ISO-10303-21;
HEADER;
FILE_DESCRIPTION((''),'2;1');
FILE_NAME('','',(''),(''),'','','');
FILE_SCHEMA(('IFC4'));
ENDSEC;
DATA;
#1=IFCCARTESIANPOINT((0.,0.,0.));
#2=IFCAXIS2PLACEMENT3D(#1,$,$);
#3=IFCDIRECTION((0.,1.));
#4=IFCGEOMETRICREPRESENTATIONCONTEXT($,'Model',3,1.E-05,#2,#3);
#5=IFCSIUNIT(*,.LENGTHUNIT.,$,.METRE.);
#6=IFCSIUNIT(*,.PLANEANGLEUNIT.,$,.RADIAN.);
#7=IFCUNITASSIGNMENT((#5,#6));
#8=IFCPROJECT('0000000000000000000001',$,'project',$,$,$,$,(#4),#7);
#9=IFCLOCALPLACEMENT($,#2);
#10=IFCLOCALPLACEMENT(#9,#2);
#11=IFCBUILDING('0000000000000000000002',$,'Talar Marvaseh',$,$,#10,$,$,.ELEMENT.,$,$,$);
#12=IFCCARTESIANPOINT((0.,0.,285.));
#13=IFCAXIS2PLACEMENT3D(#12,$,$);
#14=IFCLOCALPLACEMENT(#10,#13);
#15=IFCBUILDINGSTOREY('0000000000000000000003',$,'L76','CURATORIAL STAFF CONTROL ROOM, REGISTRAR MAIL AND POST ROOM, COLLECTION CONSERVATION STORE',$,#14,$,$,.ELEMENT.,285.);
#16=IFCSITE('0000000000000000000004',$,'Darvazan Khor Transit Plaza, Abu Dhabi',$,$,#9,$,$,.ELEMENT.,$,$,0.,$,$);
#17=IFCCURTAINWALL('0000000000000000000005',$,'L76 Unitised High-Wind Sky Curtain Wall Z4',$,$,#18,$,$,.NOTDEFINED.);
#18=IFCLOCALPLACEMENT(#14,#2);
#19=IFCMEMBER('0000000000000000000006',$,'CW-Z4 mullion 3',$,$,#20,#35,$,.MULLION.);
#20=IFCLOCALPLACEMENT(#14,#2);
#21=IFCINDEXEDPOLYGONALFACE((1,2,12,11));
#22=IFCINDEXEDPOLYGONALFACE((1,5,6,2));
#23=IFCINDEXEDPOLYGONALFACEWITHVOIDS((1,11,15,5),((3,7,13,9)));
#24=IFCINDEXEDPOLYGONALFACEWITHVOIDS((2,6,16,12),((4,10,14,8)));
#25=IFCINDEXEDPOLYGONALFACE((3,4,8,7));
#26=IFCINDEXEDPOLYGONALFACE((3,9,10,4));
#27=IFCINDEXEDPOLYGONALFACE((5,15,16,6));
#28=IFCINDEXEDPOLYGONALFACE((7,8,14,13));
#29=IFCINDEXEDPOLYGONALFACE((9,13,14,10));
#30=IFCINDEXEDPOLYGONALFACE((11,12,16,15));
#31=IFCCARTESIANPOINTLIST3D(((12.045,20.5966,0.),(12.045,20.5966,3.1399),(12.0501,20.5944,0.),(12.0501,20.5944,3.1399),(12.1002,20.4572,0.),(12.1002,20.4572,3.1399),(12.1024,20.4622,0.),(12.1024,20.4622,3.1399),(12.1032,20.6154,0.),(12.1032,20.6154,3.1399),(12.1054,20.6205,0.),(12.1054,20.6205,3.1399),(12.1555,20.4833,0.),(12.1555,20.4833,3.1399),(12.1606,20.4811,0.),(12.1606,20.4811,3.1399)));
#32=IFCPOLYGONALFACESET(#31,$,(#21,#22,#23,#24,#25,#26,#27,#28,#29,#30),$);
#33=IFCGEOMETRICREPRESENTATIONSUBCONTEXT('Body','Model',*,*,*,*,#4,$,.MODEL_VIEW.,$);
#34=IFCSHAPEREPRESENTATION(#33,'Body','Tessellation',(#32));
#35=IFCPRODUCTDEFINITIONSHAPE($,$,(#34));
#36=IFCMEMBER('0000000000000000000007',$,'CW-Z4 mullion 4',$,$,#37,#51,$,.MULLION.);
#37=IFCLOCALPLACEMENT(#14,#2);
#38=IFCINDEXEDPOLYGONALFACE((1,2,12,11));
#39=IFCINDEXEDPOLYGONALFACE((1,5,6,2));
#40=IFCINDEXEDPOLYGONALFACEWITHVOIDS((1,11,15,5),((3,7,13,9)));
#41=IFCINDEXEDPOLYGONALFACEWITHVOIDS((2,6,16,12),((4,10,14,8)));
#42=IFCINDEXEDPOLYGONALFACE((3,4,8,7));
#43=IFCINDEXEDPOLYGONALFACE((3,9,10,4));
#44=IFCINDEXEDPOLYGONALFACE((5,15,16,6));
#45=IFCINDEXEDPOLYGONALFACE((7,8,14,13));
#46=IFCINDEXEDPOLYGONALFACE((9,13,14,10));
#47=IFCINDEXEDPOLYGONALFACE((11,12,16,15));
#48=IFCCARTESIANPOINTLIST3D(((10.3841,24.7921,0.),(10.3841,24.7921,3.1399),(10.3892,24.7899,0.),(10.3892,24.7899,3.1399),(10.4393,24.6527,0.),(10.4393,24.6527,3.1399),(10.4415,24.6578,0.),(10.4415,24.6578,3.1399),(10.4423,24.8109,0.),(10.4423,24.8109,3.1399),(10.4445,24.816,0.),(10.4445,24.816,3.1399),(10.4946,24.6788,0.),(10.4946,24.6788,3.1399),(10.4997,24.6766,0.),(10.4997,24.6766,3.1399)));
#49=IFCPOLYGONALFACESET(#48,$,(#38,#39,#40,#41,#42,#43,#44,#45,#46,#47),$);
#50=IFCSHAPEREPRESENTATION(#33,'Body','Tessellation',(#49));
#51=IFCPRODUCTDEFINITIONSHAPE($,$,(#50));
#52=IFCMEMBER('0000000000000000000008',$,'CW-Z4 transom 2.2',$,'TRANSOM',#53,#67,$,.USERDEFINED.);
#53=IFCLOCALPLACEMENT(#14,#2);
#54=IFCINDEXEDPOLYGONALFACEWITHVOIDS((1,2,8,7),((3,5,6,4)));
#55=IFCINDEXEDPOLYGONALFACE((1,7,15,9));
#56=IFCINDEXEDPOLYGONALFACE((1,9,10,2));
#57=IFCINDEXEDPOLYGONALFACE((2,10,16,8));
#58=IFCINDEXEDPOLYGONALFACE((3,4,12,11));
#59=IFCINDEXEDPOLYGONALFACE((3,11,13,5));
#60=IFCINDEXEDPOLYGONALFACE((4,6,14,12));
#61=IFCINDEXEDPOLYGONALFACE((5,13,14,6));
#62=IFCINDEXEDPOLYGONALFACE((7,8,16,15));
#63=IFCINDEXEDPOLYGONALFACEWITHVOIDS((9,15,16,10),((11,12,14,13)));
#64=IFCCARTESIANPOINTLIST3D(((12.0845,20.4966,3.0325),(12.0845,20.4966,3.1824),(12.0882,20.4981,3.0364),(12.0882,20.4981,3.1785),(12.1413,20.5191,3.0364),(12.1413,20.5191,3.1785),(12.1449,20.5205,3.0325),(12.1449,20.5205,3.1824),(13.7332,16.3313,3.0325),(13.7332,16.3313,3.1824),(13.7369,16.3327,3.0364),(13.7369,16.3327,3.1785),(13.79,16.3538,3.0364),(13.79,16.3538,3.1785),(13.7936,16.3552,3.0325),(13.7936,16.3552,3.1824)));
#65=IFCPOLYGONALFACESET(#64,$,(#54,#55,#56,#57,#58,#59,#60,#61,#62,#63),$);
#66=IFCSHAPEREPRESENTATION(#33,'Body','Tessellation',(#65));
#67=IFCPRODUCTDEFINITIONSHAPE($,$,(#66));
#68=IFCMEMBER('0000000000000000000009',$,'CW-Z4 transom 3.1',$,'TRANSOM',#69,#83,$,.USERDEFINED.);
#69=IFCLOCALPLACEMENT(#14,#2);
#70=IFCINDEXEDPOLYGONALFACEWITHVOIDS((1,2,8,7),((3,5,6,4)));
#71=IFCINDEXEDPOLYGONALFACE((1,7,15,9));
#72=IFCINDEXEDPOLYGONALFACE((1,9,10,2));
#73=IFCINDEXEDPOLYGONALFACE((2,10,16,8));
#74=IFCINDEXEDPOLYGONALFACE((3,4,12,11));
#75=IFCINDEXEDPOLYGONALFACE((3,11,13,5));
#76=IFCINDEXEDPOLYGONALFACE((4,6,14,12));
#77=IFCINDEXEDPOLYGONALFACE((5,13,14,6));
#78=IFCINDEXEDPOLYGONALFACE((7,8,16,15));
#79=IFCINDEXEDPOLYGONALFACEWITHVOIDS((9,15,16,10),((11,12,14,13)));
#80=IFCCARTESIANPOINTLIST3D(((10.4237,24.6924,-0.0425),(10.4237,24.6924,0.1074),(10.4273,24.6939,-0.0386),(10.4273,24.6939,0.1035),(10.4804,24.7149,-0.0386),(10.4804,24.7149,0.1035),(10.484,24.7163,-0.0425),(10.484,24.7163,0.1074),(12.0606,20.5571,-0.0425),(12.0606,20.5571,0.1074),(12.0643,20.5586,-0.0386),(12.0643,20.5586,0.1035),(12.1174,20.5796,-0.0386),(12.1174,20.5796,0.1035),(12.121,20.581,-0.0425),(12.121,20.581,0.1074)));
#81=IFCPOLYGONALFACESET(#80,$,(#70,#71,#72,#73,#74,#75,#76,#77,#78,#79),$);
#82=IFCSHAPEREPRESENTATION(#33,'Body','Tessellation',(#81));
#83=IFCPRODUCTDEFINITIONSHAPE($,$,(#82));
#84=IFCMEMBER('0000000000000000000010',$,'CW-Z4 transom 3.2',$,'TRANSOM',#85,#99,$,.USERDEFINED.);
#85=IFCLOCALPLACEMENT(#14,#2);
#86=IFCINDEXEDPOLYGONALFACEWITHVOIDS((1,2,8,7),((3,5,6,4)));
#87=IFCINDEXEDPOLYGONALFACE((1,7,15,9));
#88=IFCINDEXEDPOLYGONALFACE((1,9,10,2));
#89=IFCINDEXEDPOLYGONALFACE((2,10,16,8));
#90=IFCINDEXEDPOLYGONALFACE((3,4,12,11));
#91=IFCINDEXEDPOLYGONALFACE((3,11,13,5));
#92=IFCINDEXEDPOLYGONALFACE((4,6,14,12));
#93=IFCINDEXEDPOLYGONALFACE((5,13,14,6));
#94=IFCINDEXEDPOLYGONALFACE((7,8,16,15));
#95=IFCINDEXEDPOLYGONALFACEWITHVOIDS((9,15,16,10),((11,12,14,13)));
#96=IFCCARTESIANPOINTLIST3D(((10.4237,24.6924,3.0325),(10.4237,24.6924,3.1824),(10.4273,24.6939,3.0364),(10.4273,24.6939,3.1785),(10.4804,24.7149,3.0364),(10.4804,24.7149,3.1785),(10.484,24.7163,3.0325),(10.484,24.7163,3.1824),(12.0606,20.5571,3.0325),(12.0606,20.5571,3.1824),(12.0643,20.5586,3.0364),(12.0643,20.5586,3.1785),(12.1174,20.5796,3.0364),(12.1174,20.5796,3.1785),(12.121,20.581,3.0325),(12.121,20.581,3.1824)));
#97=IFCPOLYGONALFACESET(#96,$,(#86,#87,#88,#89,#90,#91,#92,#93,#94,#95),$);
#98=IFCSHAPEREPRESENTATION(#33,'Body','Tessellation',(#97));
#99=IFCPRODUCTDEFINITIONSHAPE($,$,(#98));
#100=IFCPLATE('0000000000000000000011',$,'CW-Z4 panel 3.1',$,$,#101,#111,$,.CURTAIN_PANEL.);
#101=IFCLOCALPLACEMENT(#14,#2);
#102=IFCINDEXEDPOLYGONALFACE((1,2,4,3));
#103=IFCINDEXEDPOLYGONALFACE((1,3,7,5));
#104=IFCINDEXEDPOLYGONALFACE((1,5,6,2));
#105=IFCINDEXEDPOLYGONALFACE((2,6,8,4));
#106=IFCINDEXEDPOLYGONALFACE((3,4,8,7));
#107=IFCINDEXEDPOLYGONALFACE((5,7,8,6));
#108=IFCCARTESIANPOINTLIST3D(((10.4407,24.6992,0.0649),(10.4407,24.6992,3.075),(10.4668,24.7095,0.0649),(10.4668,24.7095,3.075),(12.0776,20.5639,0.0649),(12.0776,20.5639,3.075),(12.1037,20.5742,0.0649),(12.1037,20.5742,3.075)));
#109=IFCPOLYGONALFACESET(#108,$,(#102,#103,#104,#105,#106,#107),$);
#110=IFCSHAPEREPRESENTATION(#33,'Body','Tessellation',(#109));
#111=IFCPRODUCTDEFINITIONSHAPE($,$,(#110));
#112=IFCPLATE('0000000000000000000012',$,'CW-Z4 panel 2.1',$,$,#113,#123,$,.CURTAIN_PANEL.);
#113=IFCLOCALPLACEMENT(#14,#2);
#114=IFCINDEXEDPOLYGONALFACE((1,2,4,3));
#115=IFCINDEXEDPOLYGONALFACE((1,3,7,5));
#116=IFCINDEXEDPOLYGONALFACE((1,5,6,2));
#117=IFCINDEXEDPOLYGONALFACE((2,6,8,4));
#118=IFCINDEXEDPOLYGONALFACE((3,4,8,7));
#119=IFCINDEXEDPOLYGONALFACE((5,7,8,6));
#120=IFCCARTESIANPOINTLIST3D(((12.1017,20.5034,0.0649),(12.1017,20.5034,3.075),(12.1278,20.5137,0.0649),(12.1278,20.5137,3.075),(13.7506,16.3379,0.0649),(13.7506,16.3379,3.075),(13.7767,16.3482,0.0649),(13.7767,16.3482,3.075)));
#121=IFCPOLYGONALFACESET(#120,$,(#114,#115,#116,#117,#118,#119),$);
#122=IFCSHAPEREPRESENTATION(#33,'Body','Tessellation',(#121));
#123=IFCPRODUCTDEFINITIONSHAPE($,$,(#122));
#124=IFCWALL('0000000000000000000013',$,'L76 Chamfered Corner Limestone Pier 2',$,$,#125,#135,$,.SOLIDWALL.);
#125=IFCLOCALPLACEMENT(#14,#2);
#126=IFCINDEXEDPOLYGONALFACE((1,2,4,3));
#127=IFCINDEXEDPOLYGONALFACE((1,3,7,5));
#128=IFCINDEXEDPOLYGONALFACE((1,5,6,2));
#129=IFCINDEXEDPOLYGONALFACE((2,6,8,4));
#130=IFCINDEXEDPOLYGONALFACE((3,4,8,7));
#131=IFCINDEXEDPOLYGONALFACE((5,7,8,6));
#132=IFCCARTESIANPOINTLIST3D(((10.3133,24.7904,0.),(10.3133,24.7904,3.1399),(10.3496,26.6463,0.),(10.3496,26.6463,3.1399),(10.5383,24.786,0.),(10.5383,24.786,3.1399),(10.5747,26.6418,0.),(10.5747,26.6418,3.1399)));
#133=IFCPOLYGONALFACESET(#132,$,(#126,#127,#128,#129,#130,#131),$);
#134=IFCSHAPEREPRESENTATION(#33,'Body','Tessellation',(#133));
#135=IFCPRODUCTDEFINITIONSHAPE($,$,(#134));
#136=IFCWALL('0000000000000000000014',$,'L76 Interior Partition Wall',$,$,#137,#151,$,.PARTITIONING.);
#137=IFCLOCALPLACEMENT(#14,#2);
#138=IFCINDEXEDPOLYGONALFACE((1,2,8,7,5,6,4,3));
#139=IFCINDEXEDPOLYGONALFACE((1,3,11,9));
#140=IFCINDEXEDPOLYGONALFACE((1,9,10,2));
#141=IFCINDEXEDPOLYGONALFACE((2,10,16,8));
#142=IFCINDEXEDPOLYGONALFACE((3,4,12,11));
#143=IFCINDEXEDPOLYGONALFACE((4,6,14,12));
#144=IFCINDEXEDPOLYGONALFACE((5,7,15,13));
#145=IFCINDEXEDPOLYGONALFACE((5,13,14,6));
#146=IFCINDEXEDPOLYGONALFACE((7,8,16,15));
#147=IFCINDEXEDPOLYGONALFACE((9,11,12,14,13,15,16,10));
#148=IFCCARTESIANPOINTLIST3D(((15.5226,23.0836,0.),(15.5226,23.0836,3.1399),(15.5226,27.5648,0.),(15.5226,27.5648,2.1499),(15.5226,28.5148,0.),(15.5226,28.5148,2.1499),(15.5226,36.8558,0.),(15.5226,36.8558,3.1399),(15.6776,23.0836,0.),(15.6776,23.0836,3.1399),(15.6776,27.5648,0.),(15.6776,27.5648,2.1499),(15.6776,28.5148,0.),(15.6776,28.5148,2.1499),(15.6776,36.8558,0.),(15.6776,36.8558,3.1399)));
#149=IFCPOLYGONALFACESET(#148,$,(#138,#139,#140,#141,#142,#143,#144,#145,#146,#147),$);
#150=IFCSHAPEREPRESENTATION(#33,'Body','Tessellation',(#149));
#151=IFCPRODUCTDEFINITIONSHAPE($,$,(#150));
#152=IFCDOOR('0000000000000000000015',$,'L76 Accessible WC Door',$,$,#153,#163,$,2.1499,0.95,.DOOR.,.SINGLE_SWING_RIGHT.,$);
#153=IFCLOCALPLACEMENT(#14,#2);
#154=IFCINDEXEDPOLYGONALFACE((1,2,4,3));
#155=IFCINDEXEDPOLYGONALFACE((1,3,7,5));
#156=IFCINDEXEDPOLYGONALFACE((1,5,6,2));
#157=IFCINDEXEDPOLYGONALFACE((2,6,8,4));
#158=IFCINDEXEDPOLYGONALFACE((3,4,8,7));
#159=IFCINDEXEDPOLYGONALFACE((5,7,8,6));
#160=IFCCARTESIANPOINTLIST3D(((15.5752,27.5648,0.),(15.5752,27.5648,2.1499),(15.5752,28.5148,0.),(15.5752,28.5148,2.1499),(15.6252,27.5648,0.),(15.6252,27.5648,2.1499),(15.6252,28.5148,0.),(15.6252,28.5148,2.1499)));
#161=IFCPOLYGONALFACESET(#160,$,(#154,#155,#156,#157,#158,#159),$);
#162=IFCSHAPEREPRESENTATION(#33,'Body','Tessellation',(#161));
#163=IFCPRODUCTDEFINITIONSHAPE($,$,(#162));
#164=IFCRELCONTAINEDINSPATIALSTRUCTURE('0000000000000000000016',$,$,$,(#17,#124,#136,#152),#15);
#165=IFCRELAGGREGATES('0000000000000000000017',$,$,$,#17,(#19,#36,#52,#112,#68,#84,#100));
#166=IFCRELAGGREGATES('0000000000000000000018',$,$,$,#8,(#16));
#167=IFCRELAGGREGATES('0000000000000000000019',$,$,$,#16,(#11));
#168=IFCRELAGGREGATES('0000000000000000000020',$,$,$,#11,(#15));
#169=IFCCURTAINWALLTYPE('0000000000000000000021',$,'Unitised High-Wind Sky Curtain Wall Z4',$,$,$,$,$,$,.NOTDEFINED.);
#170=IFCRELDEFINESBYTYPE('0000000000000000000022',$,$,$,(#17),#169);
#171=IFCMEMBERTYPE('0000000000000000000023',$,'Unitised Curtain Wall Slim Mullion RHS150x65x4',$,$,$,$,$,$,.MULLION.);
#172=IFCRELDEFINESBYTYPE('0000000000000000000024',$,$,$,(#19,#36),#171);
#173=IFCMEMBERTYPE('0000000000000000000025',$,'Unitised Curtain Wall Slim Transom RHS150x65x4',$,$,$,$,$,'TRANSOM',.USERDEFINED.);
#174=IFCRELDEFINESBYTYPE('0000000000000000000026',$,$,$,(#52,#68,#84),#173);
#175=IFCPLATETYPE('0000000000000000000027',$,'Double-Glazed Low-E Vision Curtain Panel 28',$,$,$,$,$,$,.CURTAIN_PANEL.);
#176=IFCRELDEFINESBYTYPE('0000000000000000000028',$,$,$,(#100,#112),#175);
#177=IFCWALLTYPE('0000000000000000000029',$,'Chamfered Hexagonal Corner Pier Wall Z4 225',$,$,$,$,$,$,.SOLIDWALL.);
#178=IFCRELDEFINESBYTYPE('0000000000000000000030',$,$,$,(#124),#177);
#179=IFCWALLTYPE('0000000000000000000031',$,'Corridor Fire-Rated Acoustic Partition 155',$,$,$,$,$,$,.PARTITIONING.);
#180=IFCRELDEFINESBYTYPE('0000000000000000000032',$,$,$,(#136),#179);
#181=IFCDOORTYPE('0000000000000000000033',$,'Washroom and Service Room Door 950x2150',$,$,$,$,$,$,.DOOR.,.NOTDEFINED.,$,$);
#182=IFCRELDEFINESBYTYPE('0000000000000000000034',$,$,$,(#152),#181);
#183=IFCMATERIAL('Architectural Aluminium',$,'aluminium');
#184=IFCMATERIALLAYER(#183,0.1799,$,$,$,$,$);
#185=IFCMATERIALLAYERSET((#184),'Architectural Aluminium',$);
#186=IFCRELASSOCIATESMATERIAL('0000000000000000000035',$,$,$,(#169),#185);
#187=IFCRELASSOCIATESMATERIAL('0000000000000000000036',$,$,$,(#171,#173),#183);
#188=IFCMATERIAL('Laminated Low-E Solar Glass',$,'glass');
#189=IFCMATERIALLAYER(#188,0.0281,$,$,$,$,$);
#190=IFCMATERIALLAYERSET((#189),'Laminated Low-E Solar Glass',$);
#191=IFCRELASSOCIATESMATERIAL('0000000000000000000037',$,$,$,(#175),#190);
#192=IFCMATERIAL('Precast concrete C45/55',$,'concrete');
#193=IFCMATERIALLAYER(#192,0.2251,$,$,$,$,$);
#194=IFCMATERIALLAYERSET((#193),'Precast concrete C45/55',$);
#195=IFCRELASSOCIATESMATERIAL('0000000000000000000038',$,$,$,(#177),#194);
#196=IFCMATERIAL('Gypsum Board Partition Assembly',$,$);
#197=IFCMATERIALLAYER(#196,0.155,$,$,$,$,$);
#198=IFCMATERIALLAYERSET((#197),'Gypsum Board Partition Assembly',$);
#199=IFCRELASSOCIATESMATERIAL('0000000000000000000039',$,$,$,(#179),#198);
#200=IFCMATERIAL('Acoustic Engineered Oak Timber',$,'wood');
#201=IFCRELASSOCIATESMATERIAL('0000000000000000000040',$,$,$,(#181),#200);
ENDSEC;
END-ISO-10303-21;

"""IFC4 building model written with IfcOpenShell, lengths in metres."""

from ifc_helpers import new_model, si_unit, direction, frame, frame_2d, origin, origin_2d, place, context, subcontext, project, spatial, rectangle, hollow_rectangle, extrude, source, transform, mapped, material, layer, layer_set, material_profile, profile_set, type_object, type_shapes, element, fill, aggregate, save


model = new_model("IFC4")

# Units and contexts
model_context = context("Model", 3, precision=1e-05, world=origin(), true_north=direction((0.0, 1.0)))
body_context = subcontext(model_context, "Body", "Model", "MODEL_VIEW")
ifc_project = project(units=[si_unit("LENGTHUNIT", "METRE"), si_unit("PLANEANGLEUNIT", "RADIAN")], contexts=[model_context])

# Site, building, storey
site_placement = place(None, origin())
site = spatial("IfcSite", under=ifc_project, at=site_placement, Name="Darvazan Khor Transit Plaza, Abu Dhabi", CompositionType="ELEMENT", RefElevation=0.0)
building_placement = place(site_placement, origin())
building = spatial("IfcBuilding", under=site, at=building_placement, Name="Talar Marvaseh", CompositionType="ELEMENT")
storey_placement = place(building_placement, frame((0.0, 0.0, 285.0)))
storey = spatial("IfcBuildingStorey", under=building, at=storey_placement, Name="L76", Description="CURATORIAL STAFF CONTROL ROOM, REGISTRAR MAIL AND POST ROOM, COLLECTION CONSERVATION STORE", CompositionType="ELEMENT", Elevation=285.0)

# Curtain wall, members, plates
ifc_material_1 = material(Name="Architectural Aluminium", Category="aluminium")
ifc_layer_1 = layer(ifc_material_1, 0.1799)
ifc_layer_set_1 = layer_set([ifc_layer_1], Name="Architectural Aluminium")
curtain_wall_type = type_object("IfcCurtainWallType", Name="Unitised High-Wind Sky Curtain Wall Z4", PredefinedType="NOTDEFINED", material=ifc_layer_set_1)
curtain_wall_placement = place(storey_placement, origin())
curtain_wall = element("IfcCurtainWall", 1, at=curtain_wall_placement, inside=storey, type_object=curtain_wall_type, Name="L76 Unitised High-Wind Sky Curtain Wall Z4", PredefinedType="NOTDEFINED")
ifc_material_profile_1 = material_profile(ifc_material_1, hollow_rectangle(XDim=0.0649, YDim=0.1499, WallThickness=0.0039, at=origin_2d()), Name="RHS150x65x4")
ifc_profile_set_1 = profile_set([ifc_material_profile_1], Name="Architectural Aluminium")
member_type_1 = type_object("IfcMemberType", Name="Unitised Curtain Wall Slim Mullion RHS150x65x4", PredefinedType="MULLION", material=ifc_profile_set_1)
shared_shape_1 = source(origin(), body_context, "Body", "SweptSolid", [
    extrude(hollow_rectangle(XDim=0.0649, YDim=0.1499, WallThickness=0.0039, at=origin_2d()), origin(), (0.0, 0.0, 1.0), 3.1399),
])
type_shapes(member_type_1, [shared_shape_1])
member_1_placement = place(storey_placement, frame((12.1028, 20.5388, 0.0), z_axis=(0.0, 0.0, 1.0), x_axis=(-0.929802, -0.36806, 0.0)))
member_1 = element("IfcMember", 2, at=member_1_placement, type_object=member_type_1, Name="CW-Z4 mullion 3", PredefinedType="MULLION", context=body_context, shape_type="MappedRepresentation", body=[
    mapped(shared_shape_1, transform((0.0, 0.0, 0.0), x_axis=(1.0, 0.0, 0.0), y_axis=(0.0, 1.0, 0.0), z_axis=(0.0, 0.0, 1.0), scale=1.0)),
])
member_2_placement = place(storey_placement, frame((10.4419, 24.7344, 0.0), z_axis=(0.0, 0.0, 1.0), x_axis=(-0.929802, -0.36806, 0.0)))
member_2 = element("IfcMember", 3, at=member_2_placement, type_object=member_type_1, Name="CW-Z4 mullion 4", PredefinedType="MULLION", context=body_context, shape_type="MappedRepresentation", body=[
    mapped(shared_shape_1, transform((0.0, 0.0, 0.0), x_axis=(1.0, 0.0, 0.0), y_axis=(0.0, 1.0, 0.0), z_axis=(0.0, 0.0, 1.0), scale=1.0)),
])
ifc_material_profile_2 = material_profile(ifc_material_1, hollow_rectangle(XDim=0.0649, YDim=0.1499, WallThickness=0.0039, at=origin_2d()), Name="RHS150x65x4")
ifc_profile_set_2 = profile_set([ifc_material_profile_2], Name="Architectural Aluminium")
member_type_2 = type_object("IfcMemberType", Name="Unitised Curtain Wall Slim Transom RHS150x65x4", ElementType="TRANSOM", PredefinedType="USERDEFINED", material=ifc_profile_set_2)
shared_shape_2 = source(origin(), body_context, "Body", "SweptSolid", [
    extrude(hollow_rectangle(XDim=0.0649, YDim=0.1499, WallThickness=0.0039, at=origin_2d()), origin(), (0.0, 0.0, 1.0), 4.4797),
])
member_3_placement = place(storey_placement, frame((13.7634, 16.3433, 3.1074), z_axis=(-0.368034, 0.929812, 0.0), x_axis=(-0.929812, -0.368034, 0.0)))
member_3 = element("IfcMember", 4, at=member_3_placement, type_object=member_type_2, Name="CW-Z4 transom 2.2", ObjectType="TRANSOM", PredefinedType="USERDEFINED", context=body_context, shape_type="MappedRepresentation", body=[
    mapped(shared_shape_2, transform((0.0, 0.0, 0.0), x_axis=(1.0, 0.0, 0.0), y_axis=(0.0, 1.0, 0.0), z_axis=(0.0, 0.0, 1.0), scale=1.0)),
])
shared_shape_3 = source(origin(), body_context, "Body", "SweptSolid", [
    extrude(hollow_rectangle(XDim=0.0649, YDim=0.1499, WallThickness=0.0039, at=origin_2d()), origin(), (0.0, 0.0, 1.0), 4.4475),
])
type_shapes(member_type_2, [shared_shape_2, shared_shape_3])
member_4_placement = place(storey_placement, frame((12.0908, 20.5691, 0.0325), z_axis=(-0.368066, 0.9298, 0.0), x_axis=(-0.9298, -0.368066, 0.0)))
member_4 = element("IfcMember", 5, at=member_4_placement, type_object=member_type_2, Name="CW-Z4 transom 3.1", ObjectType="TRANSOM", PredefinedType="USERDEFINED", context=body_context, shape_type="MappedRepresentation", body=[
    mapped(shared_shape_3, transform((0.0, 0.0, 0.0), x_axis=(1.0, 0.0, 0.0), y_axis=(0.0, 1.0, 0.0), z_axis=(0.0, 0.0, 1.0), scale=1.0)),
])
member_5_placement = place(storey_placement, frame((12.0908, 20.5691, 3.1074), z_axis=(-0.368066, 0.9298, 0.0), x_axis=(-0.9298, -0.368066, 0.0)))
member_5 = element("IfcMember", 6, at=member_5_placement, type_object=member_type_2, Name="CW-Z4 transom 3.2", ObjectType="TRANSOM", PredefinedType="USERDEFINED", context=body_context, shape_type="MappedRepresentation", body=[
    mapped(shared_shape_3, transform((0.0, 0.0, 0.0), x_axis=(1.0, 0.0, 0.0), y_axis=(0.0, 1.0, 0.0), z_axis=(0.0, 0.0, 1.0), scale=1.0)),
])
ifc_material_2 = material(Name="Laminated Low-E Solar Glass", Category="glass")
ifc_layer_2 = layer(ifc_material_2, 0.0281)
ifc_layer_set_2 = layer_set([ifc_layer_2], Name="Laminated Low-E Solar Glass")
plate_type = type_object("IfcPlateType", Name="Double-Glazed Low-E Vision Curtain Panel 28", PredefinedType="CURTAIN_PANEL", material=ifc_layer_set_2)
shared_shape_4 = source(origin(), body_context, "Body", "SweptSolid", [
    extrude(rectangle(XDim=4.4475, YDim=0.0281, at=origin_2d()), origin(), (0.0, 0.0, 1.0), 3.01),
])
plate_1_placement = place(storey_placement, frame((11.2722, 22.6367, 0.0649), z_axis=(0.0, 0.0, 1.0), x_axis=(-0.36806, 0.929802, 0.0)))
plate_1 = element("IfcPlate", 7, at=plate_1_placement, type_object=plate_type, Name="CW-Z4 panel 3.1", PredefinedType="CURTAIN_PANEL", context=body_context, shape_type="MappedRepresentation", body=[
    mapped(shared_shape_4, transform((0.0, 0.0, 0.0), x_axis=(1.0, 0.0, 0.0), y_axis=(0.0, 1.0, 0.0), z_axis=(0.0, 0.0, 1.0), scale=1.0)),
])
shared_shape_5 = source(origin(), body_context, "Body", "SweptSolid", [
    extrude(rectangle(XDim=4.48, YDim=0.0281, at=origin_2d()), origin(), (0.0, 0.0, 1.0), 3.01),
])
type_shapes(plate_type, [shared_shape_4, shared_shape_5])
plate_2_placement = place(storey_placement, frame((12.9392, 18.4258, 0.0649), z_axis=(0.0, 0.0, 1.0), x_axis=(-0.36806, 0.929802, 0.0)))
plate_2 = element("IfcPlate", 8, at=plate_2_placement, type_object=plate_type, Name="CW-Z4 panel 2.1", PredefinedType="CURTAIN_PANEL", context=body_context, shape_type="MappedRepresentation", body=[
    mapped(shared_shape_5, transform((0.0, 0.0, 0.0), x_axis=(1.0, 0.0, 0.0), y_axis=(0.0, 1.0, 0.0), z_axis=(0.0, 0.0, 1.0), scale=1.0)),
])
aggregate(curtain_wall, [member_1, member_2, member_3, plate_2, member_4, member_5, plate_1])

# Wall
ifc_material_3 = material(Name="Precast concrete C45/55", Category="concrete")
ifc_layer_3 = layer(ifc_material_3, 0.2251)
ifc_layer_set_3 = layer_set([ifc_layer_3], Name="Precast concrete C45/55")
wall_type_1 = type_object("IfcWallType", Name="Chamfered Hexagonal Corner Pier Wall Z4 225", PredefinedType="SOLIDWALL", material=ifc_layer_set_3)
wall_1_placement = place(storey_placement, frame((10.4258, 24.7881, 0.0), z_axis=(0.0, 0.0, 1.0), x_axis=(0.019596, 0.999808, 0.0)))
element("IfcWall", 9, at=wall_1_placement, inside=storey, type_object=wall_type_1, Name="L76 Chamfered Corner Limestone Pier 2", PredefinedType="SOLIDWALL", context=body_context, shape_type="SweptSolid", body=[
    extrude(rectangle(XDim=1.8562, YDim=0.2251, at=frame_2d((0.9282, 0.0))), origin(), (0.0, 0.0, 1.0), 3.1399),
])

# Wall, opening, door
ifc_material_4 = material(Name="Gypsum Board Partition Assembly")
ifc_layer_4 = layer(ifc_material_4, 0.155)
ifc_layer_set_4 = layer_set([ifc_layer_4], Name="Gypsum Board Partition Assembly")
wall_type_2 = type_object("IfcWallType", Name="Corridor Fire-Rated Acoustic Partition 155", PredefinedType="PARTITIONING", material=ifc_layer_set_4)
wall_2_placement = place(storey_placement, frame((15.6001, 23.0835, 0.0), z_axis=(0.0, 0.0, 1.0), x_axis=(0.0, 1.0, 0.0)))
wall_2 = element("IfcWall", 10, at=wall_2_placement, inside=storey, type_object=wall_type_2, Name="L76 Interior Partition Wall", PredefinedType="PARTITIONING", context=body_context, shape_type="SweptSolid", body=[
    extrude(rectangle(XDim=13.7722, YDim=0.155, at=frame_2d((6.8862, 0.0))), origin(), (0.0, 0.0, 1.0), 3.1399),
])
opening_placement = place(wall_2_placement, frame((4.4812, 0.0, 0.0)))
opening = element("IfcOpeningElement", 11, at=opening_placement, cuts=wall_2, PredefinedType="OPENING", context=body_context, shape_type="SweptSolid", body=[
    extrude(rectangle(XDim=0.95, YDim=2.1499, at=frame_2d((0.4751, 1.075))), frame((0.0, 0.0874, 0.0), z_axis=(0.0, -1.0, 0.0), x_axis=(1.0, 0.0, 0.0)), (0.0, 0.0, 1.0), 0.175),
])
ifc_material_5 = material(Name="Acoustic Engineered Oak Timber", Category="wood")
door_type = type_object("IfcDoorType", Name="Washroom and Service Room Door 950x2150", OperationType="NOTDEFINED", PredefinedType="DOOR", material=ifc_material_5)
shared_shape_6 = source(origin(), body_context, "Body", "SweptSolid", [
    extrude(rectangle(XDim=0.95, YDim=2.1499, at=frame_2d((0.4751, 1.075))), frame((0.0, 0.0249, 0.0), z_axis=(0.0, -1.0, 0.0), x_axis=(1.0, 0.0, 0.0)), (0.0, 0.0, 1.0), 0.05),
])
type_shapes(door_type, [shared_shape_6])
door_placement = place(opening_placement, origin())
door = element("IfcDoor", 12, at=door_placement, inside=storey, type_object=door_type, Name="L76 Accessible WC Door", OperationType="SINGLE_SWING_RIGHT", OverallHeight=2.1499, OverallWidth=0.95, PredefinedType="DOOR", context=body_context, shape_type="MappedRepresentation", body=[
    mapped(shared_shape_6, transform((0.0, 0.0, 0.0), x_axis=(1.0, 0.0, 0.0), y_axis=(0.0, 1.0, 0.0), z_axis=(0.0, 0.0, 1.0), scale=1.0)),
])
fill(opening, door)

save(model, "model.ifc")
